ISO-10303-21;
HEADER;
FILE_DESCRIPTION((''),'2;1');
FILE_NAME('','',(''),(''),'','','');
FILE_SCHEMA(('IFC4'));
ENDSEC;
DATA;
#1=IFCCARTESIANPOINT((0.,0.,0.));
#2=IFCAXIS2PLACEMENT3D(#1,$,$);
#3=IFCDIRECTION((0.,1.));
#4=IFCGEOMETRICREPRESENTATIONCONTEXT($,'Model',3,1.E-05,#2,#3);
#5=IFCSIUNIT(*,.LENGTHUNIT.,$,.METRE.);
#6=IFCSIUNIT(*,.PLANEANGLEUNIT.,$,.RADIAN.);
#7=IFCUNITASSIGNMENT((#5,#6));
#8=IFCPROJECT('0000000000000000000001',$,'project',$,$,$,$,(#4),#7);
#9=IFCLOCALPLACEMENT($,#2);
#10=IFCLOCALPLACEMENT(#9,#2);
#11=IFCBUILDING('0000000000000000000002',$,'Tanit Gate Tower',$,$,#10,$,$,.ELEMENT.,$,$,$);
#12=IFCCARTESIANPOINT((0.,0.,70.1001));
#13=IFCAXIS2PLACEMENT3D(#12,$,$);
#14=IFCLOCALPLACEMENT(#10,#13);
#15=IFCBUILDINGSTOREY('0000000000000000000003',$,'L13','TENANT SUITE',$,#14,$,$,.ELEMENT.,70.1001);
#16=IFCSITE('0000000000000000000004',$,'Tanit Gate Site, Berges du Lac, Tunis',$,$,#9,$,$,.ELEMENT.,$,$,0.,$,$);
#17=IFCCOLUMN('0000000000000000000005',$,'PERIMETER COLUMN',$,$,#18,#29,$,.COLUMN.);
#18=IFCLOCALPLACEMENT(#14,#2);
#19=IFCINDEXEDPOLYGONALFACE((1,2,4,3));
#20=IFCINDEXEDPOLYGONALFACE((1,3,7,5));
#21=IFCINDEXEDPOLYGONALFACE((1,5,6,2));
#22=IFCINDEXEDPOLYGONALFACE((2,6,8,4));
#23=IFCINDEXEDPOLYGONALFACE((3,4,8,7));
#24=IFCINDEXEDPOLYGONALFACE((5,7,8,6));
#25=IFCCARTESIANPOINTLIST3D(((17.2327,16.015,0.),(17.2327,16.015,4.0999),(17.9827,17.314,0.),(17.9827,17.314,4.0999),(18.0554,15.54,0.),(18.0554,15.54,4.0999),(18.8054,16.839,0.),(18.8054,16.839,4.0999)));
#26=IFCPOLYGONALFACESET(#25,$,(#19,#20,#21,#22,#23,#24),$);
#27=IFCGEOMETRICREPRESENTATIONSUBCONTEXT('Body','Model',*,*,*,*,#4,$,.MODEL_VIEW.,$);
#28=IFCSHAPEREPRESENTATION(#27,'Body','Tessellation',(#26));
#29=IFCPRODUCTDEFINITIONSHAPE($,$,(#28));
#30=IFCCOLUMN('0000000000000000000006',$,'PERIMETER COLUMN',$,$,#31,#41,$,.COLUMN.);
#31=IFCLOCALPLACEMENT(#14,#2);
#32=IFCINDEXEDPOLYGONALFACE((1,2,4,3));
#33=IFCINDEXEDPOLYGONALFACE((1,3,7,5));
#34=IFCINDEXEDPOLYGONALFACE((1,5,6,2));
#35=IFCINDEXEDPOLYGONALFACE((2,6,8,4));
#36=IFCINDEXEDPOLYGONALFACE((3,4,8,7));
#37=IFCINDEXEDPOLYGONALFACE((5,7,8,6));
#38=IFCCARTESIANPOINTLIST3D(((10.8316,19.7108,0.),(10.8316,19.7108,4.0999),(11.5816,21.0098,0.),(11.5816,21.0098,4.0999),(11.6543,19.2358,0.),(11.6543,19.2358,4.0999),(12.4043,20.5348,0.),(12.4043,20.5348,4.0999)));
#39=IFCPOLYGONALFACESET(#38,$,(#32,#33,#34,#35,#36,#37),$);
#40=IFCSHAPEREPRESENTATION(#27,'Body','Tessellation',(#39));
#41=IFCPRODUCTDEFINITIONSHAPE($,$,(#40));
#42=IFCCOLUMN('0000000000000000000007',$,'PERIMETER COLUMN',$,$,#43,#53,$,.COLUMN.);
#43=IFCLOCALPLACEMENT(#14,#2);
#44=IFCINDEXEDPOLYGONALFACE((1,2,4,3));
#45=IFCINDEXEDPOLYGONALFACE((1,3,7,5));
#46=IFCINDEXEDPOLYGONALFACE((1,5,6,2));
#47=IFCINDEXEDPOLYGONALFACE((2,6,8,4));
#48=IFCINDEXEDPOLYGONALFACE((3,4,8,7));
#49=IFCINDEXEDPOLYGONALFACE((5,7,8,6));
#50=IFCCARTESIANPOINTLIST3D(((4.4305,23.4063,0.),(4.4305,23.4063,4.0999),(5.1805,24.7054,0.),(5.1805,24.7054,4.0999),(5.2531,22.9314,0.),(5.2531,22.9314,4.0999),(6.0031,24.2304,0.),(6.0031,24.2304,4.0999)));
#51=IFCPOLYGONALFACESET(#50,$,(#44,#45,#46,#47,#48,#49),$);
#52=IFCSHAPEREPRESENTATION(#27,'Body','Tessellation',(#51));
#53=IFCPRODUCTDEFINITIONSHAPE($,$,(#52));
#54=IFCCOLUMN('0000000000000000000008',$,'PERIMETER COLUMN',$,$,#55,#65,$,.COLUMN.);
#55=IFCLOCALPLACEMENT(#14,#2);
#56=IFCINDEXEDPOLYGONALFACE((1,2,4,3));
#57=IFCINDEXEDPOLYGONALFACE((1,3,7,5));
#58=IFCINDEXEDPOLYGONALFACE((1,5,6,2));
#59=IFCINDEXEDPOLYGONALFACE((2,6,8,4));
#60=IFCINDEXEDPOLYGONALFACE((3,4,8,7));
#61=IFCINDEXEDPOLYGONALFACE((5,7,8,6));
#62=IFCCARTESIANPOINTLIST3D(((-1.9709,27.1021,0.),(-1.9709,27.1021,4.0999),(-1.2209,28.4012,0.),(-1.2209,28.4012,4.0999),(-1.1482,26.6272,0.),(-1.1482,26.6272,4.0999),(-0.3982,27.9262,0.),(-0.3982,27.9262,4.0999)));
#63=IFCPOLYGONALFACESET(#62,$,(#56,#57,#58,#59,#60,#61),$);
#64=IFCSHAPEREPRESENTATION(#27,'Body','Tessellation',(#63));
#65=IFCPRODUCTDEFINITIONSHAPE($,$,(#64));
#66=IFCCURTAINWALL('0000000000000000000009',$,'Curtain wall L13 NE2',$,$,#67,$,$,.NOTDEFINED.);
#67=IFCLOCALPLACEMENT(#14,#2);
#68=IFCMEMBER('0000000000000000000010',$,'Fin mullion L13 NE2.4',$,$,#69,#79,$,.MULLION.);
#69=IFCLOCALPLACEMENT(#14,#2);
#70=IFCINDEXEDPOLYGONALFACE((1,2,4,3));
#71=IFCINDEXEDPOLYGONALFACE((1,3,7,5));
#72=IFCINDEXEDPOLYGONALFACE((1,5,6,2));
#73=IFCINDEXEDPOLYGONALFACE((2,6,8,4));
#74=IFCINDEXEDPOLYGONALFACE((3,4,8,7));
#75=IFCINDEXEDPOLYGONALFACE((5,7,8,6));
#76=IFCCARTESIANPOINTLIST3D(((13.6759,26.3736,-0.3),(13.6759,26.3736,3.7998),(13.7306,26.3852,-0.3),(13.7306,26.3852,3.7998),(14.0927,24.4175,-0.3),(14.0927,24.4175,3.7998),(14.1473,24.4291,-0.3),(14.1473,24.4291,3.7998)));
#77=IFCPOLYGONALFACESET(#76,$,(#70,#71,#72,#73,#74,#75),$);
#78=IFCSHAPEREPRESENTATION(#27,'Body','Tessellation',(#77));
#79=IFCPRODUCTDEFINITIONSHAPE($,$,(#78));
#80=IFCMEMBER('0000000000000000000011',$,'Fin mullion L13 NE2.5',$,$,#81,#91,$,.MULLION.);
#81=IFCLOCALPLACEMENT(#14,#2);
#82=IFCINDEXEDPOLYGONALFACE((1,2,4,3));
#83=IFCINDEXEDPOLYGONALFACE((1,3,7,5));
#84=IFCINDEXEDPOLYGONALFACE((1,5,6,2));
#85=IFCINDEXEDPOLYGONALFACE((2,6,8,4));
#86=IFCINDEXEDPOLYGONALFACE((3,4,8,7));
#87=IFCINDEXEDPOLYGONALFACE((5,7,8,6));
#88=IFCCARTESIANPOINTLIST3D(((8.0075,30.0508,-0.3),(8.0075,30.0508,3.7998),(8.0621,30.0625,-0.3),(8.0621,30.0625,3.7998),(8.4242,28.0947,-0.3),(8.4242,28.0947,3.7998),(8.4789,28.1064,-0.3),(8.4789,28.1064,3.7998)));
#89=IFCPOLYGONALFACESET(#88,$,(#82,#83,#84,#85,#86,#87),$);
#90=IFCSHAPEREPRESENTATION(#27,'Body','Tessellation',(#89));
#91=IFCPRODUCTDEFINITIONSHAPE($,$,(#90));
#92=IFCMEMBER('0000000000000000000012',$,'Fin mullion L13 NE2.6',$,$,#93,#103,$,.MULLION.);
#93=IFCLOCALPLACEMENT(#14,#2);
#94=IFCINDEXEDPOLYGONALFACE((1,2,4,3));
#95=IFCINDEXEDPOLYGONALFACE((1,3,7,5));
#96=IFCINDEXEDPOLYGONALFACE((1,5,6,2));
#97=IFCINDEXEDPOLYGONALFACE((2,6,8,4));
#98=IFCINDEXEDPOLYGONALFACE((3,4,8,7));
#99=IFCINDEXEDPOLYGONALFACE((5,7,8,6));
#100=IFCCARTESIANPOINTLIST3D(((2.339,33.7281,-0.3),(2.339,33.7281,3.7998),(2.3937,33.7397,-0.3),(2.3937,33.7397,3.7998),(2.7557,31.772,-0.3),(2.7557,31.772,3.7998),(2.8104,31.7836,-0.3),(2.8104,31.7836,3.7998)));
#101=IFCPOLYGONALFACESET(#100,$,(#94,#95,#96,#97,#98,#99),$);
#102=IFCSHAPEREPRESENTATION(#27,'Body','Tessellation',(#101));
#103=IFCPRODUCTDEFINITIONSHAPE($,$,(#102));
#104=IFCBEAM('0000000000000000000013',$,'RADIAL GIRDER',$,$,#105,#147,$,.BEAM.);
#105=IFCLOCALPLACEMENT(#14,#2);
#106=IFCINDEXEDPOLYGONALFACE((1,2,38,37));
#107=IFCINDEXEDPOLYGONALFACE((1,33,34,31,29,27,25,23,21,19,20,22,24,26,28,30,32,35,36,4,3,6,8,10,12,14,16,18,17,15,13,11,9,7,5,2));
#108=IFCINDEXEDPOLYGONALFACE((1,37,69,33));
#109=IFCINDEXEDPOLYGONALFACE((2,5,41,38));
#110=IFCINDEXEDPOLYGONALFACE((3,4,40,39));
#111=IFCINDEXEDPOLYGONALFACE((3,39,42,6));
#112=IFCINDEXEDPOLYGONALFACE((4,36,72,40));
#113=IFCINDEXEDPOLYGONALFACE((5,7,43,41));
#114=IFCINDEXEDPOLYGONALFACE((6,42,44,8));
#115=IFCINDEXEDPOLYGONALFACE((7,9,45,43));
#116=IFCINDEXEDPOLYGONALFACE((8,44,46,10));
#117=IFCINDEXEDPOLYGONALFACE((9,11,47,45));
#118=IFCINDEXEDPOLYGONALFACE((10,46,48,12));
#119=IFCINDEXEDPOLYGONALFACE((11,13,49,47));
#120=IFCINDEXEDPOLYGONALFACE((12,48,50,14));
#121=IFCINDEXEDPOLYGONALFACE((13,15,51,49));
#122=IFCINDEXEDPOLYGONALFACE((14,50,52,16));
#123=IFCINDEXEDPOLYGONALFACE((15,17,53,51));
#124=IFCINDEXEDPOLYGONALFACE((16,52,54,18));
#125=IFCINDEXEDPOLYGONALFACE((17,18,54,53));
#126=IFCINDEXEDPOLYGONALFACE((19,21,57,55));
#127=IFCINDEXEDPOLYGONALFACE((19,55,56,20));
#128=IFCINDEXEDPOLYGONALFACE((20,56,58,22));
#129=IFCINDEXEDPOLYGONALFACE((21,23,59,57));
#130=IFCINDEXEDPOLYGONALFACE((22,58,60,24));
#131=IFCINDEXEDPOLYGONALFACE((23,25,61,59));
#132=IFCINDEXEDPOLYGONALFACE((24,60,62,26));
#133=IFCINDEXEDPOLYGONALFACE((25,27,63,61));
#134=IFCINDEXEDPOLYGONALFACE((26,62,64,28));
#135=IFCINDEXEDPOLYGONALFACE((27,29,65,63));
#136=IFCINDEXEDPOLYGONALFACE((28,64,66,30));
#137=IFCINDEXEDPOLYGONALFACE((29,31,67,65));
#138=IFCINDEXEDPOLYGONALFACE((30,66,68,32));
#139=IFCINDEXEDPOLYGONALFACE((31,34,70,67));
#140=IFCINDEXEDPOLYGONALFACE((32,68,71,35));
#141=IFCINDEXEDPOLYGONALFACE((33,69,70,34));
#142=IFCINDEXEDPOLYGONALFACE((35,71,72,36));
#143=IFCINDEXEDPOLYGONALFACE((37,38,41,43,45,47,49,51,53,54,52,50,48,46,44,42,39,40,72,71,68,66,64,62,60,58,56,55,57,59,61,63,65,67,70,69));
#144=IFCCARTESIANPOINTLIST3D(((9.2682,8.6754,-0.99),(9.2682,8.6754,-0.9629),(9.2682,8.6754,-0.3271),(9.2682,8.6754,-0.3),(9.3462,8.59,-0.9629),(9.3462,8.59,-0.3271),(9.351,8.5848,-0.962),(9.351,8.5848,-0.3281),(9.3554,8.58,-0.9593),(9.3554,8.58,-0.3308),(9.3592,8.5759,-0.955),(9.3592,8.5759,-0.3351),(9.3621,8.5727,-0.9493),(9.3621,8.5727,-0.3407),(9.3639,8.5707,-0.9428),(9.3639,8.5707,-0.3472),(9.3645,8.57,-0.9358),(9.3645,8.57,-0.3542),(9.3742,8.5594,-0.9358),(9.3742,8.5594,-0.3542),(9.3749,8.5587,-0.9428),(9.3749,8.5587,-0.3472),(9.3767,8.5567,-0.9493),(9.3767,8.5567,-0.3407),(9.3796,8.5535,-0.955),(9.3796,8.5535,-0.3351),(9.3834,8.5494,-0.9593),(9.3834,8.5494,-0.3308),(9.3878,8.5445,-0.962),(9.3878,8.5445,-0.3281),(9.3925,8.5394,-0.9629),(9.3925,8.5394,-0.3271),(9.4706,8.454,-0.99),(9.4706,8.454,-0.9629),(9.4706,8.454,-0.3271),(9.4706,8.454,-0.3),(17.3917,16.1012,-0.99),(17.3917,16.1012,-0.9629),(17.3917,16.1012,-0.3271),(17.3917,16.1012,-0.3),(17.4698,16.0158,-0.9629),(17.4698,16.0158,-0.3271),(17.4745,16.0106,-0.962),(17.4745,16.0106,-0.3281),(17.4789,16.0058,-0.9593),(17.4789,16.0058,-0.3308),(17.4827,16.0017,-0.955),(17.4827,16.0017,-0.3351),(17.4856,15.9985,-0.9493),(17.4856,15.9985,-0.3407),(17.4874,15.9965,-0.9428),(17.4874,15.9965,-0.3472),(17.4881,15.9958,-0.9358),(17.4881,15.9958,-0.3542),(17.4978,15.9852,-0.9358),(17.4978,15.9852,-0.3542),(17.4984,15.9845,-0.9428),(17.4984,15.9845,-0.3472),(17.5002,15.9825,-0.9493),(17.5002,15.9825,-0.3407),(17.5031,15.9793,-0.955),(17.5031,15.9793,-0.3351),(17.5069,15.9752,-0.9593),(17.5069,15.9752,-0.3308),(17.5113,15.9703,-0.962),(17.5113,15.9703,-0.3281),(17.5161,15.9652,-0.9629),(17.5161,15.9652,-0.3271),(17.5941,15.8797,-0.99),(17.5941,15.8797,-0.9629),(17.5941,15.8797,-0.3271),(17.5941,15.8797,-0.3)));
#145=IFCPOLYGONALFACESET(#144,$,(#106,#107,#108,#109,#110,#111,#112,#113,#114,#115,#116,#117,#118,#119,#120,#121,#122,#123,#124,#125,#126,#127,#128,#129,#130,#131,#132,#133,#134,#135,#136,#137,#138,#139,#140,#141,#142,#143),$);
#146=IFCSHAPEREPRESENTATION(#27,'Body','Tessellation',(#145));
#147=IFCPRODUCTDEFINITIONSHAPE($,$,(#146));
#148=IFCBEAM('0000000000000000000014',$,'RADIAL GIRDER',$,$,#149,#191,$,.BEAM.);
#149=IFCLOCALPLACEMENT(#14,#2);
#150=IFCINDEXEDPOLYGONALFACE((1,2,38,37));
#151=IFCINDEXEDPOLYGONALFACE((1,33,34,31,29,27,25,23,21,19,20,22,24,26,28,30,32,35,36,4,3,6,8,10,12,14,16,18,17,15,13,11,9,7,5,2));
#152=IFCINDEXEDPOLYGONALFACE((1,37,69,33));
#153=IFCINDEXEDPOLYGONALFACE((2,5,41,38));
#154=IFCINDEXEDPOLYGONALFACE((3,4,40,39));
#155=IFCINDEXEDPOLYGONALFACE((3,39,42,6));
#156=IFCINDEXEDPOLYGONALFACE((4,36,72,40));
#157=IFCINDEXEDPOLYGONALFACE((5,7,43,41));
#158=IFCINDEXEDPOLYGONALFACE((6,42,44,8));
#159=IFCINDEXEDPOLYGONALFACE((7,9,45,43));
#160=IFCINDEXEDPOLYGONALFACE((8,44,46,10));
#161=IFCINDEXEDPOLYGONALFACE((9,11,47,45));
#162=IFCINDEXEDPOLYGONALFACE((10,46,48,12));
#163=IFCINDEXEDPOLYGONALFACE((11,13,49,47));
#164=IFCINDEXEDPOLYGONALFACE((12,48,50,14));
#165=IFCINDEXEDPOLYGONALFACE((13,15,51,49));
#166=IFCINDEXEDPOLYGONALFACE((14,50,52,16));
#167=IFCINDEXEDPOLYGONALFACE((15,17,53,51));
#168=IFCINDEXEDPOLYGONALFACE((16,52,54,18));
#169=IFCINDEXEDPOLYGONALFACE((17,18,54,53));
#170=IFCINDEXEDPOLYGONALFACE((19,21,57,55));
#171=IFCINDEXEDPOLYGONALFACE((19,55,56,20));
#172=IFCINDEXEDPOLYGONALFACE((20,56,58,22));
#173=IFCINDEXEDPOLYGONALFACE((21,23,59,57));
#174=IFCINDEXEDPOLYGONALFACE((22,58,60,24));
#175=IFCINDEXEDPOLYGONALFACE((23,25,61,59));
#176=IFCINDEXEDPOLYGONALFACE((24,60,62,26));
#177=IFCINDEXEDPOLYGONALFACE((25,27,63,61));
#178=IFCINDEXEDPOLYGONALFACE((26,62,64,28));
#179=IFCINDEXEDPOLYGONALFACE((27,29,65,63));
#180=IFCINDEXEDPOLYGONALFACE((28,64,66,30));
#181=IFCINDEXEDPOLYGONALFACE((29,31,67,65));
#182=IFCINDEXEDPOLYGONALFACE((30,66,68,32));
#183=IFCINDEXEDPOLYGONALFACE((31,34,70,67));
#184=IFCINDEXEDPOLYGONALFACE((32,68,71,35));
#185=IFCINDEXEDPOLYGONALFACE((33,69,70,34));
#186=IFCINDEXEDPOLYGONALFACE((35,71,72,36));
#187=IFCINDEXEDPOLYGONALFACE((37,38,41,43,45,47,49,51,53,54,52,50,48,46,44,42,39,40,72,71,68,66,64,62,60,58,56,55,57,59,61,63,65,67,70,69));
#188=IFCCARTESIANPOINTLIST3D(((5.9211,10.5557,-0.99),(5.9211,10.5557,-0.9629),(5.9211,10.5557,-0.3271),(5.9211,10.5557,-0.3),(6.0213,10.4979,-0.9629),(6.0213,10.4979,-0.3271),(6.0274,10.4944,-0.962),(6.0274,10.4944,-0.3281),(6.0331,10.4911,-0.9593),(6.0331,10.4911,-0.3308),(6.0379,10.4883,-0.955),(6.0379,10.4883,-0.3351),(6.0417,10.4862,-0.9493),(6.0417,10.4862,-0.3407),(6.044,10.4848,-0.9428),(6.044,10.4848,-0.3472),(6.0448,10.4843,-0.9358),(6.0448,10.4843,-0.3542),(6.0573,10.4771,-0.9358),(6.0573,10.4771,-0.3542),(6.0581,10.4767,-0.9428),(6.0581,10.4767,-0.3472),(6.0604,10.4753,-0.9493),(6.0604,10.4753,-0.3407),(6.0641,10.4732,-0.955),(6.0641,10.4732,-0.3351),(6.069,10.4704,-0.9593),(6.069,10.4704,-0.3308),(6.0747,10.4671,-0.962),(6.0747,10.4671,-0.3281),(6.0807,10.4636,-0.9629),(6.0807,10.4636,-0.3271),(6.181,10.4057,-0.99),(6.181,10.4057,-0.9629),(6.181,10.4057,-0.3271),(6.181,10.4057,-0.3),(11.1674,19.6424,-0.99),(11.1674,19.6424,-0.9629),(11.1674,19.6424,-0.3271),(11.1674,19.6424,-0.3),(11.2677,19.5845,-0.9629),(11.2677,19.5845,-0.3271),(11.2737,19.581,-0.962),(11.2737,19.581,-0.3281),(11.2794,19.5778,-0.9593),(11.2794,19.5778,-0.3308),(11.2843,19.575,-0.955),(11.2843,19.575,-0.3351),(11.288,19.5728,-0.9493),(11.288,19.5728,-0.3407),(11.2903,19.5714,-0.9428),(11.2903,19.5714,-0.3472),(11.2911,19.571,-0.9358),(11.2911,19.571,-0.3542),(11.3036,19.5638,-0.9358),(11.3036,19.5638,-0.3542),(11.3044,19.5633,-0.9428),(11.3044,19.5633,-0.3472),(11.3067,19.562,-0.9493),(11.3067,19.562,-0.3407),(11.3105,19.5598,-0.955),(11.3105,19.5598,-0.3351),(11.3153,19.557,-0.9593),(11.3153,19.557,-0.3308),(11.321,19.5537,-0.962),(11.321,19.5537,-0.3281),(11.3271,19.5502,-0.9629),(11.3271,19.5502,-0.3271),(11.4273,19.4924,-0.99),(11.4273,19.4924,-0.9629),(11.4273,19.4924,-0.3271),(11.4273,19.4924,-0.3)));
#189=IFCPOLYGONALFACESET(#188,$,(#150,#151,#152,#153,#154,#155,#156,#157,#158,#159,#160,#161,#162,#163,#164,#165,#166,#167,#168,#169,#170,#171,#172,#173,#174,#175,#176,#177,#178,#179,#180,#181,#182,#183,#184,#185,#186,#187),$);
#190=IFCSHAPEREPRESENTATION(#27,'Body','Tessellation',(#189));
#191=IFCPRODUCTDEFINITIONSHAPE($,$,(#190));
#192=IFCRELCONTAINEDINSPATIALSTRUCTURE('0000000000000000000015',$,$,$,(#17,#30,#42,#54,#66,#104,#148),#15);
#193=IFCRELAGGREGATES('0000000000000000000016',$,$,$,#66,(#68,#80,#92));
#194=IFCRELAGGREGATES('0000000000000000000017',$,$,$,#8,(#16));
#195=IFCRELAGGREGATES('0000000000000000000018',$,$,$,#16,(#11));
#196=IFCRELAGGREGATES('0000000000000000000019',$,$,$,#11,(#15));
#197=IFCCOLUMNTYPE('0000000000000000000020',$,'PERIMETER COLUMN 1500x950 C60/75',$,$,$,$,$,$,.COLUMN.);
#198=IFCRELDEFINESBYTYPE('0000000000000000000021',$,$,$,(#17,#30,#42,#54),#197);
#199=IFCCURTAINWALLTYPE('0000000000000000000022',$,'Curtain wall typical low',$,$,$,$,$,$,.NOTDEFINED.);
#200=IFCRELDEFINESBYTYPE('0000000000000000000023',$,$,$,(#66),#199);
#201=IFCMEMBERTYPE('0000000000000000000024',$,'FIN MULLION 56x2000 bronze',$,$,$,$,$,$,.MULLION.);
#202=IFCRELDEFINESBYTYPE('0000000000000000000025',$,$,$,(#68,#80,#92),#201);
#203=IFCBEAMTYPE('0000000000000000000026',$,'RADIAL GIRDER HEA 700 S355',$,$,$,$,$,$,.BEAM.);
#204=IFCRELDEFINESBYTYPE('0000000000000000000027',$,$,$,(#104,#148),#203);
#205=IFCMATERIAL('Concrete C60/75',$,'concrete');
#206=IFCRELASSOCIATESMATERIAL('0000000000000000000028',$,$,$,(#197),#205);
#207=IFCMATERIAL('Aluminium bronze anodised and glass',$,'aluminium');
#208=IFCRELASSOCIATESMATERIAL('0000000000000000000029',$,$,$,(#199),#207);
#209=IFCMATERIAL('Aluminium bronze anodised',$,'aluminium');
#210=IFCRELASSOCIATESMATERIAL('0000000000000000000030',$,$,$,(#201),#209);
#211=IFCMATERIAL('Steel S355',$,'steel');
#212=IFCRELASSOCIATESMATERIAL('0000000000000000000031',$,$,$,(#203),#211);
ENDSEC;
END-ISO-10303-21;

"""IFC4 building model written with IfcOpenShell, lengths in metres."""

from ifc_helpers import new_model, si_unit, direction, frame, origin, origin_2d, place, context, subcontext, project, spatial, rectangle, i_section, extrude, material, material_profile, profile_set, type_object, element, aggregate, save


model = new_model("IFC4")

# Units and contexts
model_context = context("Model", 3, precision=1e-05, world=origin(), true_north=direction((0.0, 1.0)))
body_context = subcontext(model_context, "Body", "Model", "MODEL_VIEW")
ifc_project = project(units=[si_unit("LENGTHUNIT", "METRE"), si_unit("PLANEANGLEUNIT", "RADIAN")], contexts=[model_context])

# Site, building, storey
site_placement = place(None, origin())
site = spatial("IfcSite", under=ifc_project, at=site_placement, Name="Tanit Gate Site, Berges du Lac, Tunis", CompositionType="ELEMENT", RefElevation=0.0)
building_placement = place(site_placement, origin())
building = spatial("IfcBuilding", under=site, at=building_placement, Name="Tanit Gate Tower", CompositionType="ELEMENT")
storey_placement = place(building_placement, frame((0.0, 0.0, 70.1001)))
storey = spatial("IfcBuildingStorey", under=building, at=storey_placement, Name="L13", Description="TENANT SUITE", CompositionType="ELEMENT", Elevation=70.1001)

# Columns
ifc_material_1 = material(Name="Concrete C60/75", Category="concrete")
ifc_material_profile_1 = material_profile(ifc_material_1, rectangle(XDim=1.5, YDim=0.95, at=origin_2d()), Name="RC 1500x950")
ifc_profile_set_1 = profile_set([ifc_material_profile_1], Name="Concrete C60/75")
column_type = type_object("IfcColumnType", Name="PERIMETER COLUMN 1500x950 C60/75", PredefinedType="COLUMN", material=ifc_profile_set_1)
for number, where, z_axis, x_axis, name in (
    (1, (18.019, 16.427, 0.0), (0.0, 0.0, 1.0), (0.5, 0.866025, 0.0), "PERIMETER COLUMN"),
    (2, (11.6179, 20.1228, 0.0), (0.0, 0.0, 1.0), (0.5, 0.866025, 0.0), "PERIMETER COLUMN"),
    (3, (5.2168, 23.8184, 0.0), (0.0, 0.0, 1.0), (0.5, 0.866025, 0.0), "PERIMETER COLUMN"),
    (4, (-1.1846, 27.5142, 0.0), (0.0, 0.0, 1.0), (0.5, 0.866025, 0.0), "PERIMETER COLUMN"),
):
    element("IfcColumn", number, at=place(storey_placement, frame(where, z_axis=z_axis, x_axis=x_axis)), inside=storey, type_object=column_type, Name=name, PredefinedType="COLUMN", context=body_context, shape_type="SweptSolid", body=[
        extrude(rectangle(XDim=1.5, YDim=0.95, at=origin_2d()), origin(), (0.0, 0.0, 1.0), 4.0999),
    ])

# Curtain wall, members
ifc_material_2 = material(Name="Aluminium bronze anodised and glass", Category="aluminium")
curtain_wall_type = type_object("IfcCurtainWallType", Name="Curtain wall typical low", PredefinedType="NOTDEFINED", material=ifc_material_2)
curtain_wall_placement = place(storey_placement, origin())
curtain_wall = element("IfcCurtainWall", 5, at=curtain_wall_placement, inside=storey, type_object=curtain_wall_type, Name="Curtain wall L13 NE2", PredefinedType="NOTDEFINED")
ifc_material_3 = material(Name="Aluminium bronze anodised", Category="aluminium")
ifc_material_profile_2 = material_profile(ifc_material_3, rectangle(XDim=2.0, YDim=0.0559, at=origin_2d()), Name="56x2000 bronze fin mullion")
ifc_profile_set_2 = profile_set([ifc_material_profile_2], Name="Aluminium bronze anodised")
member_type_1 = type_object("IfcMemberType", Name="FIN MULLION 56x2000 bronze", PredefinedType="MULLION", material=ifc_profile_set_2)
member_1_placement = place(storey_placement, frame((13.9116, 25.4014, -0.3), z_axis=(0.0, 0.0, 1.0), x_axis=(0.208373, -0.978049, 0.0)))
member_1 = element("IfcMember", 6, at=member_1_placement, type_object=member_type_1, Name="Fin mullion L13 NE2.4", PredefinedType="MULLION", context=body_context, shape_type="SweptSolid", body=[
    extrude(rectangle(XDim=2.0, YDim=0.0559, at=origin_2d()), origin(), (0.0, 0.0, 1.0), 4.0999),
])
member_2_placement = place(storey_placement, frame((8.2432, 29.0786, -0.3), z_axis=(0.0, 0.0, 1.0), x_axis=(0.208373, -0.978049, 0.0)))
member_2 = element("IfcMember", 7, at=member_2_placement, type_object=member_type_1, Name="Fin mullion L13 NE2.5", PredefinedType="MULLION", context=body_context, shape_type="SweptSolid", body=[
    extrude(rectangle(XDim=2.0, YDim=0.0559, at=origin_2d()), origin(), (0.0, 0.0, 1.0), 4.0999),
])
member_3_placement = place(storey_placement, frame((2.5747, 32.7559, -0.3), z_axis=(0.0, 0.0, 1.0), x_axis=(0.208373, -0.978049, 0.0)))
member_3 = element("IfcMember", 8, at=member_3_placement, type_object=member_type_1, Name="Fin mullion L13 NE2.6", PredefinedType="MULLION", context=body_context, shape_type="SweptSolid", body=[
    extrude(rectangle(XDim=2.0, YDim=0.0559, at=origin_2d()), origin(), (0.0, 0.0, 1.0), 4.0999),
])

# Beams
ifc_material_4 = material(Name="Steel S355", Category="steel")
ifc_material_profile_3 = material_profile(ifc_material_4, i_section(OverallWidth=0.3, OverallDepth=0.6899, WebThickness=0.0144, FlangeThickness=0.0271, FilletRadius=0.0271, at=origin_2d()), Name="HEA 700")
ifc_profile_set_3 = profile_set([ifc_material_profile_3], Name="Steel S355")
beam_type = type_object("IfcBeamType", Name="RADIAL GIRDER HEA 700 S355", PredefinedType="BEAM", material=ifc_profile_set_3)
beam_1_placement = place(storey_placement, frame((17.4929, 15.9905, -0.645), z_axis=(-0.738094, -0.674697, 0.0), x_axis=(0.674697, -0.738094, 0.0)))
element("IfcBeam", 9, at=beam_1_placement, inside=storey, type_object=beam_type, Name="RADIAL GIRDER", PredefinedType="BEAM", context=body_context, shape_type="SweptSolid", body=[
    extrude(i_section(OverallWidth=0.3, OverallDepth=0.6899, WebThickness=0.0144, FlangeThickness=0.0271, FilletRadius=0.0271, at=origin_2d()), origin(), (0.0, 0.0, 1.0), 11.0061),
])
beam_2_placement = place(storey_placement, frame((11.2974, 19.5674, -0.645), z_axis=(-0.50001, -0.866019, 0.0), x_axis=(0.866019, -0.50001, 0.0)))
element("IfcBeam", 10, at=beam_2_placement, inside=storey, type_object=beam_type, Name="RADIAL GIRDER", PredefinedType="BEAM", context=body_context, shape_type="SweptSolid", body=[
    extrude(i_section(OverallWidth=0.3, OverallDepth=0.6899, WebThickness=0.0144, FlangeThickness=0.0271, FilletRadius=0.0271, at=origin_2d()), origin(), (0.0, 0.0, 1.0), 10.4924),
])

aggregate(curtain_wall, [member_1, member_2, member_3])

save(model, "model.ifc")
